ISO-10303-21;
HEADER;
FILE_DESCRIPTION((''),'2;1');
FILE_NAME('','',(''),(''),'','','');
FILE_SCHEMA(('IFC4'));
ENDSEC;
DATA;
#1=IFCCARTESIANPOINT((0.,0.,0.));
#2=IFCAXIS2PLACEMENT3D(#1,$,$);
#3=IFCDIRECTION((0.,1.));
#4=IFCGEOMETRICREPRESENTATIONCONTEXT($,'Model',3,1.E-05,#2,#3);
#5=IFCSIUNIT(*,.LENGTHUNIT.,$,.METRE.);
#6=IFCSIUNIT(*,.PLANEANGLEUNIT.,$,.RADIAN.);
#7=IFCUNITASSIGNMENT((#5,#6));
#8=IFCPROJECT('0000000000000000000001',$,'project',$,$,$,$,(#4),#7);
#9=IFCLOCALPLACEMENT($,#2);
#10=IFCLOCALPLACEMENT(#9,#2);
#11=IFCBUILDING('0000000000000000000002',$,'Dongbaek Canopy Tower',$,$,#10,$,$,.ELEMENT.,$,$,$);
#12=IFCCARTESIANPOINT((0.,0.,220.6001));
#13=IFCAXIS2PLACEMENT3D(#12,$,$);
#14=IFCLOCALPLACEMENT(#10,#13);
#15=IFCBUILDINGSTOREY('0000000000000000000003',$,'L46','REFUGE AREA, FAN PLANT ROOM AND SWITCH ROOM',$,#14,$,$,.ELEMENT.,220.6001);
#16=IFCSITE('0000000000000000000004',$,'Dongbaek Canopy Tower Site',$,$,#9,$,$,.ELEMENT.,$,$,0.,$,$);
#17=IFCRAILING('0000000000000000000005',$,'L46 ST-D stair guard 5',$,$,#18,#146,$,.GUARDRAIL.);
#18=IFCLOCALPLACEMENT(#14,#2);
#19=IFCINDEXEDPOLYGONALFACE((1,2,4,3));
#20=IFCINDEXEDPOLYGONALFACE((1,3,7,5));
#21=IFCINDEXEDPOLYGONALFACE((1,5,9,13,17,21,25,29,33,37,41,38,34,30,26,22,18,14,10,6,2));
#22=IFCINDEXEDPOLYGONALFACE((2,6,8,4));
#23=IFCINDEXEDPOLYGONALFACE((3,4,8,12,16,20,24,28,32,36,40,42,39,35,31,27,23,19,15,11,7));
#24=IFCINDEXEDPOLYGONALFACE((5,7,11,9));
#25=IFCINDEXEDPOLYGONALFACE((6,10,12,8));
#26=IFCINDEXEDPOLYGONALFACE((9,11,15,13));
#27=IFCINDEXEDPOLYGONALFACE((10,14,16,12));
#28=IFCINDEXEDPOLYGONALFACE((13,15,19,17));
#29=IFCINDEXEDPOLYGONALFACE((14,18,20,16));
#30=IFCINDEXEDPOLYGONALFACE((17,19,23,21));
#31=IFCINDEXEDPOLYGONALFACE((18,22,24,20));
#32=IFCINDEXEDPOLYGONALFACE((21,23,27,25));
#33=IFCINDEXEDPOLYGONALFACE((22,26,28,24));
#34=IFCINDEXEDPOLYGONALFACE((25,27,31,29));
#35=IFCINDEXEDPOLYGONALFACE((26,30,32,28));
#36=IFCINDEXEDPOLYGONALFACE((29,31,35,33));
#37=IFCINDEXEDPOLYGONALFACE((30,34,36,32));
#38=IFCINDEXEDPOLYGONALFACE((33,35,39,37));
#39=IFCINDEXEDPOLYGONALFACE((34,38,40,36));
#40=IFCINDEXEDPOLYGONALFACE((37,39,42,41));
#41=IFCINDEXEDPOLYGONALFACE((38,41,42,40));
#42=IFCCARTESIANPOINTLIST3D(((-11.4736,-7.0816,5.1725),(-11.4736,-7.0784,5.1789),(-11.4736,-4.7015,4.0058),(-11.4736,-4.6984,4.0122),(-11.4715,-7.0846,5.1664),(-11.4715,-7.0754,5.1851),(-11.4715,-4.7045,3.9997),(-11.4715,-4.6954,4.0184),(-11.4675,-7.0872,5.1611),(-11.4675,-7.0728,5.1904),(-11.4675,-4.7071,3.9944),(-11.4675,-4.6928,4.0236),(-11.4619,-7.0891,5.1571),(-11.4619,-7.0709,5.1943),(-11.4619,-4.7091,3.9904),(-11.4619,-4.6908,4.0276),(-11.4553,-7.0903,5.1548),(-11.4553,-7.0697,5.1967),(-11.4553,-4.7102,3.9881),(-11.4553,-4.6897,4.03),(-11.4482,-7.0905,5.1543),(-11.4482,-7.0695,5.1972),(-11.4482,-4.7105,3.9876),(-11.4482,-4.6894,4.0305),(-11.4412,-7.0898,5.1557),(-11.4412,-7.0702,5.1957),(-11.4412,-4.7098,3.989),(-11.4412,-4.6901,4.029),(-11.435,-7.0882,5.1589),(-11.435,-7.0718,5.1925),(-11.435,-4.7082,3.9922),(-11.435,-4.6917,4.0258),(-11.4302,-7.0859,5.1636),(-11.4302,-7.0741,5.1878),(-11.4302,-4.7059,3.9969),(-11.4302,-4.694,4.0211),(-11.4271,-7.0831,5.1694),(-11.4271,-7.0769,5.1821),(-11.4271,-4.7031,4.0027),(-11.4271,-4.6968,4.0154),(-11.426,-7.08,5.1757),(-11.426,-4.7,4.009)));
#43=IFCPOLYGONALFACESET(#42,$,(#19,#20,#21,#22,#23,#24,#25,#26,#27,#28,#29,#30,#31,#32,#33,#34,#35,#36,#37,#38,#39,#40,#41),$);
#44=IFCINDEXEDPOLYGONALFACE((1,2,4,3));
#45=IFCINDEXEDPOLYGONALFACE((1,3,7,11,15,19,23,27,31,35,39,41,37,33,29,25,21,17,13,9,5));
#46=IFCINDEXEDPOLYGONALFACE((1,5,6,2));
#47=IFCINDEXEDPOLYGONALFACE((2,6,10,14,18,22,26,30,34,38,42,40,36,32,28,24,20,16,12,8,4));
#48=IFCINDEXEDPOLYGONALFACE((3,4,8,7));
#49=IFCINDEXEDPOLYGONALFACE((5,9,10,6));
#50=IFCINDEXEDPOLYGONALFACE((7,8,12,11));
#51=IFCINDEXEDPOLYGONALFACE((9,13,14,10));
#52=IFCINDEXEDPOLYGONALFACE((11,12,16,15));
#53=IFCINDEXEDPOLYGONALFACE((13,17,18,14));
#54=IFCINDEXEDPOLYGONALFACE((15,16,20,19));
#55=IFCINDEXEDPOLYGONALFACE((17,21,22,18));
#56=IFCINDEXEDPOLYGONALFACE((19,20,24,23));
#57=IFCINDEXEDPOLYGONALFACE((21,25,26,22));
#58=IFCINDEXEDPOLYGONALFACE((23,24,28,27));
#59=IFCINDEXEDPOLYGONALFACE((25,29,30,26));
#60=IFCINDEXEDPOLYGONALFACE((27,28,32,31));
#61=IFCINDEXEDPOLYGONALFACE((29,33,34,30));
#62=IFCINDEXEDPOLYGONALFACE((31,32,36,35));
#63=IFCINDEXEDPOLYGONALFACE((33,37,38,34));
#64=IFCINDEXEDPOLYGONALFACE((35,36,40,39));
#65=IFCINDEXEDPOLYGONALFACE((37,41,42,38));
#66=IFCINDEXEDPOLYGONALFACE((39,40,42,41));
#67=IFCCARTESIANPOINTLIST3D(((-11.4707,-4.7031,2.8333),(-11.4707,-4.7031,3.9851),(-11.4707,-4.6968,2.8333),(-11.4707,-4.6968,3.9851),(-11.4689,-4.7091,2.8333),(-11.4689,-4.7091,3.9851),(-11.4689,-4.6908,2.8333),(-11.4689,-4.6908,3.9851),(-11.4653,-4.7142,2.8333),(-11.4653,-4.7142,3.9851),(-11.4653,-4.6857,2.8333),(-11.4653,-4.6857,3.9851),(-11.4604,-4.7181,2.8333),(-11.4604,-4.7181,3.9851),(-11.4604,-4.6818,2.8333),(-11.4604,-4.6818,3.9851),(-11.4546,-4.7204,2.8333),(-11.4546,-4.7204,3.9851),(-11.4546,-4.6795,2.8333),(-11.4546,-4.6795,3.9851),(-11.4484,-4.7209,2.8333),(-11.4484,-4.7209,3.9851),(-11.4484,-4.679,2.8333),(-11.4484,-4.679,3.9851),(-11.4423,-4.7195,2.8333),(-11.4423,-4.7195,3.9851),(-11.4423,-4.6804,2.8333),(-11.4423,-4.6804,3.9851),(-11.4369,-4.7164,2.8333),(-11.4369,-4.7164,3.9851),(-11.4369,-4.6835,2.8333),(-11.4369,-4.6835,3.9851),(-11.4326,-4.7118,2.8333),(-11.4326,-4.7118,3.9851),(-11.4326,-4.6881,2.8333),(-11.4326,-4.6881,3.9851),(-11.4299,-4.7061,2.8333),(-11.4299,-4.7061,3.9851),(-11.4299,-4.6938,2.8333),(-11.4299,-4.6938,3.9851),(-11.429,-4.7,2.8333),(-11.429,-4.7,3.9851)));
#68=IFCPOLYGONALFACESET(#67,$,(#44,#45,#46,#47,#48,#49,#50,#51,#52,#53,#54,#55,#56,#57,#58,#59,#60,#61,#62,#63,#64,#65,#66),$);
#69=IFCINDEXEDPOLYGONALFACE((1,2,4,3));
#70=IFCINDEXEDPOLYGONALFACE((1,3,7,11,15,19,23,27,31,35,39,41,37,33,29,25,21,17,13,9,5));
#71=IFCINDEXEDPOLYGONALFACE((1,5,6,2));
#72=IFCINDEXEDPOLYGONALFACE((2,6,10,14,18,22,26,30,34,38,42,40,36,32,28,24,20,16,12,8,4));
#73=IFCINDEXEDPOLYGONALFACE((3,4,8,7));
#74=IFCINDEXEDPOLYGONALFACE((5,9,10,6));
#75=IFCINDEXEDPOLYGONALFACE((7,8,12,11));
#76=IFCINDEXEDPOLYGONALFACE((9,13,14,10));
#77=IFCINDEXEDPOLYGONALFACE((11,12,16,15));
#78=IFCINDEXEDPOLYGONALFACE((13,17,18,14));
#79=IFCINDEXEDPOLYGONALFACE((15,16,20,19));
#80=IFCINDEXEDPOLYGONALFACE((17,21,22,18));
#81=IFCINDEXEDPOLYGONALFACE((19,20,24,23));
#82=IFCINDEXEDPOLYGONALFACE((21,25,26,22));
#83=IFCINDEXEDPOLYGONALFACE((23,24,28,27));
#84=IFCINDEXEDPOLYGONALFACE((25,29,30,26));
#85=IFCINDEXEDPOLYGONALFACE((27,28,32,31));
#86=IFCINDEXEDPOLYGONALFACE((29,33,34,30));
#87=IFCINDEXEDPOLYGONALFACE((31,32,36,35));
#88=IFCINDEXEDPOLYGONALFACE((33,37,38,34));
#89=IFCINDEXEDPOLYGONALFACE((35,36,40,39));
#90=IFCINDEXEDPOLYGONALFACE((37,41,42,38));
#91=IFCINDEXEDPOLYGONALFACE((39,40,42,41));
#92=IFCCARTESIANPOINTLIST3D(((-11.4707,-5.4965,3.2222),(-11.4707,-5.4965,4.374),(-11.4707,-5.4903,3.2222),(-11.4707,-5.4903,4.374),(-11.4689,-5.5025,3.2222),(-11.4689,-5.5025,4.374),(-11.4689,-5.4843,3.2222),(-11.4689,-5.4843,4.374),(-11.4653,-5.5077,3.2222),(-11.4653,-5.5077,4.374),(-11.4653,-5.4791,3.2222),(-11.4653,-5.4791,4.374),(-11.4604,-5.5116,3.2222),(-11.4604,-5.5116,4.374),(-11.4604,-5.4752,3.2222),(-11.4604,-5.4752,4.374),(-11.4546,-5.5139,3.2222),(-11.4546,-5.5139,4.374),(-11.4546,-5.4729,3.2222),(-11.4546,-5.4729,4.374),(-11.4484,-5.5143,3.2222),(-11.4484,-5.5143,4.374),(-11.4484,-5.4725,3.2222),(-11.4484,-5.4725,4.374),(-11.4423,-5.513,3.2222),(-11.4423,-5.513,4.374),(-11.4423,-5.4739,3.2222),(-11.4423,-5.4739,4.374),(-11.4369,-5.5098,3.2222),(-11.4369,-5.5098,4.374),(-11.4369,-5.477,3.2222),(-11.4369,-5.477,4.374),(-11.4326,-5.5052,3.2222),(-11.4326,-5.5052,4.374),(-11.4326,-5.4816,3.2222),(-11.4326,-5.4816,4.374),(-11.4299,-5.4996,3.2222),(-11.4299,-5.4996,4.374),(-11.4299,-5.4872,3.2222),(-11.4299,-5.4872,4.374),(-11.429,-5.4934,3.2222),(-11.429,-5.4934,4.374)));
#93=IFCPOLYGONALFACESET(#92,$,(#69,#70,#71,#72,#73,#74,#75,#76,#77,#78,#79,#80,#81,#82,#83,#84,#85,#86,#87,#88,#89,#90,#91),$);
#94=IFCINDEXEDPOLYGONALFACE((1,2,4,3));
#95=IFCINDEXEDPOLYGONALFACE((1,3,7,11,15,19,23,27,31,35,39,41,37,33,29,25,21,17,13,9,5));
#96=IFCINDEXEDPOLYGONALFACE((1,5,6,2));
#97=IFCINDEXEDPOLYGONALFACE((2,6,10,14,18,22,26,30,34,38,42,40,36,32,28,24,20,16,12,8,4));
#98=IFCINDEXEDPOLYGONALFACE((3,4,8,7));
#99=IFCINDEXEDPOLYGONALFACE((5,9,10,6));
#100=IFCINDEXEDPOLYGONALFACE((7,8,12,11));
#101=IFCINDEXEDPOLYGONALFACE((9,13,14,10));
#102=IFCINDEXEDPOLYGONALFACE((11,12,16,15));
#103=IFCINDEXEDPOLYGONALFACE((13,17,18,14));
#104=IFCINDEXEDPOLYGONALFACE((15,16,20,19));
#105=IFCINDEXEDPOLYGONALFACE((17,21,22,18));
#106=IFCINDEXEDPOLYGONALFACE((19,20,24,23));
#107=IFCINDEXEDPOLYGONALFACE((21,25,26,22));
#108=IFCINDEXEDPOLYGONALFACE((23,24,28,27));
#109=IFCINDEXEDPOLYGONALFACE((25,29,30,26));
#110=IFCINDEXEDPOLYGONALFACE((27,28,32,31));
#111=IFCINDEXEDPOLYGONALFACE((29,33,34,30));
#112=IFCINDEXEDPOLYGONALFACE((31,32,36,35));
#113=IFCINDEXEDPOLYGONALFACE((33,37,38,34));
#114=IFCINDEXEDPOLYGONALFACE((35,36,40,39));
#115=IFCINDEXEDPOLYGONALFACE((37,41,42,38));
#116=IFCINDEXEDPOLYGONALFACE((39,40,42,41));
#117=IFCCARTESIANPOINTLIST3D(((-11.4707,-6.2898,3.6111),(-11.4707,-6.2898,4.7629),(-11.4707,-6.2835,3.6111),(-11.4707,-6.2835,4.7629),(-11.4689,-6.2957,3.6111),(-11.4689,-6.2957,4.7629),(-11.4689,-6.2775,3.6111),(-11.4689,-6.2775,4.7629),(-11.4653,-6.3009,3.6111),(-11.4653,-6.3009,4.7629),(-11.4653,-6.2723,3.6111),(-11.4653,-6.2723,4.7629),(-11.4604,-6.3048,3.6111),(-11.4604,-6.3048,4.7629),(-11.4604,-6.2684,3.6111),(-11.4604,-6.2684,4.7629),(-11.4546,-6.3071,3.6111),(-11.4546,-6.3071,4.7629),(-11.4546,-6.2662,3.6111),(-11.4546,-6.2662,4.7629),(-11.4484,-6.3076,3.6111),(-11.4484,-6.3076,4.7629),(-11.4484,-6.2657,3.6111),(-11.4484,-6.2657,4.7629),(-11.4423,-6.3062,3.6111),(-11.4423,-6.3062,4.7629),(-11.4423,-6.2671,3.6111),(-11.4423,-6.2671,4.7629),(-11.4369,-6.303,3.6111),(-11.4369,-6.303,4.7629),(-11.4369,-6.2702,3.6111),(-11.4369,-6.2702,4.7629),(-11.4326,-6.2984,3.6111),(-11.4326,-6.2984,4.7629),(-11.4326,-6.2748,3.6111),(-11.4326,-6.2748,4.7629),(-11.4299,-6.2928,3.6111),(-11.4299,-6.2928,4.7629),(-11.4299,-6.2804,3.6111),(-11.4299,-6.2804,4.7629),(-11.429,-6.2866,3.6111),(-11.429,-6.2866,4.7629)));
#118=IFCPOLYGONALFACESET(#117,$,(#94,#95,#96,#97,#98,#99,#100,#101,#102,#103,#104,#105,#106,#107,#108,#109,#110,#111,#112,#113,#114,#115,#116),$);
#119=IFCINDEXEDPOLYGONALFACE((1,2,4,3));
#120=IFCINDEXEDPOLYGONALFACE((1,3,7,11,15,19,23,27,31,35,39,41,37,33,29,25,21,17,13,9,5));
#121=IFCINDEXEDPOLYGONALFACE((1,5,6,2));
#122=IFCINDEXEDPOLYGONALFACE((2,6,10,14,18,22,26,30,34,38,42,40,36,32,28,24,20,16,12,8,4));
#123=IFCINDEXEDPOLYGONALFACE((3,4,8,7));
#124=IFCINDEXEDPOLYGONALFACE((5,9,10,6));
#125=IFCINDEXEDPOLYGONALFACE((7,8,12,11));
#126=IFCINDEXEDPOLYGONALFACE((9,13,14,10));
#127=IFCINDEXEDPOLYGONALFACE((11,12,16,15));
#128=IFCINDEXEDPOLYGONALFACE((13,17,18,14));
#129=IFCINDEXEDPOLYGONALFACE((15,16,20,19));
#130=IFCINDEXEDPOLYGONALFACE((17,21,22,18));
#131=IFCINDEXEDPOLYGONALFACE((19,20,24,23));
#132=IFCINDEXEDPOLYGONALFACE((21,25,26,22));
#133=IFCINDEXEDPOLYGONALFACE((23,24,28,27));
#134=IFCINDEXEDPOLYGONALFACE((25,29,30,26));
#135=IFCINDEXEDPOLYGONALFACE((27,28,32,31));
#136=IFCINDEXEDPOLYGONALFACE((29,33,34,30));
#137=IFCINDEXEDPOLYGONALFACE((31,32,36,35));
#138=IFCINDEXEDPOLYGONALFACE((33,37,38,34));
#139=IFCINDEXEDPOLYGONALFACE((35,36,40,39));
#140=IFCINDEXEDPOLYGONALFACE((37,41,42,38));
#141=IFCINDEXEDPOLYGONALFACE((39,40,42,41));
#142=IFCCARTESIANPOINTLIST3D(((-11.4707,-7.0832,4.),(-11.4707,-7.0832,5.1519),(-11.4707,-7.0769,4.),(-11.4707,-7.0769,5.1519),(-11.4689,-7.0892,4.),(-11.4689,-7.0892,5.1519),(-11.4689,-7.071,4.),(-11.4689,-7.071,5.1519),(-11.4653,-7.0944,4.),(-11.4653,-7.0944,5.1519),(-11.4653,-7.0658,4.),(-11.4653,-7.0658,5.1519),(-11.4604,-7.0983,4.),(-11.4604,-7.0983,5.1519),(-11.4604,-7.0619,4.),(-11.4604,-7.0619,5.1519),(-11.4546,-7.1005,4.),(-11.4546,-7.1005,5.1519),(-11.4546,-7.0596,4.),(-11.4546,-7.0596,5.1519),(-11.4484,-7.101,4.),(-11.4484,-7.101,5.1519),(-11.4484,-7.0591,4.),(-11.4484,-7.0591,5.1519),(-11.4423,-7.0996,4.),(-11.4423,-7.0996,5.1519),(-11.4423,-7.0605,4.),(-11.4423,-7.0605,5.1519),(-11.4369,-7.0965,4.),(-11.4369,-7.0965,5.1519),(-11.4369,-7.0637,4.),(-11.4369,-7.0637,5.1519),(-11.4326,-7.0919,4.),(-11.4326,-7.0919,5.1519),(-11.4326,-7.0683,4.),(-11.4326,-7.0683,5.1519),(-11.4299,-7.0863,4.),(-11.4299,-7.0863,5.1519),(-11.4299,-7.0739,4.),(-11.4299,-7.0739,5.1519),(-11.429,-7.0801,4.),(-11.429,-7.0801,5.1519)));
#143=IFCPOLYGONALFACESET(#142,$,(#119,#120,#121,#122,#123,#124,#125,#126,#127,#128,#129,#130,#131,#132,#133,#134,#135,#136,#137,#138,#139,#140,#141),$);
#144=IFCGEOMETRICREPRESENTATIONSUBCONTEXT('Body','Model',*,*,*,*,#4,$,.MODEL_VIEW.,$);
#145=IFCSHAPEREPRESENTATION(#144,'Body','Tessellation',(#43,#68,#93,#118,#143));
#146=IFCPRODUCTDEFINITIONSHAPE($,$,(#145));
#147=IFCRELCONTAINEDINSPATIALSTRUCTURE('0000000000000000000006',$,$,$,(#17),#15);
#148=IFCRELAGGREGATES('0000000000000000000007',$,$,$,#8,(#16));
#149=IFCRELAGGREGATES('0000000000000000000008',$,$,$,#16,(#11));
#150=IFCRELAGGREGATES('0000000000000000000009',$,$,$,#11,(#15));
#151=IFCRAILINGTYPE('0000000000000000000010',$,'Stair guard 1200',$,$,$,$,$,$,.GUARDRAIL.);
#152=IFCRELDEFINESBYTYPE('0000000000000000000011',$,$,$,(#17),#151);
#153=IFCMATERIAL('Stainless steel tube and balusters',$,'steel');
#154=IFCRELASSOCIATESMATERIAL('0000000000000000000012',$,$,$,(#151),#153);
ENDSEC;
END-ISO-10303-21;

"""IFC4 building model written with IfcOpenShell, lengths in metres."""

from ifc_helpers import new_model, si_unit, direction, frame, origin, origin_2d, place, context, subcontext, project, spatial, circle, extrude, material, type_object, element, save


model = new_model("IFC4")

# Units and contexts
model_context = context("Model", 3, precision=1e-05, world=origin(), true_north=direction((0.0, 1.0)))
body_context = subcontext(model_context, "Body", "Model", "MODEL_VIEW")
ifc_project = project(units=[si_unit("LENGTHUNIT", "METRE"), si_unit("PLANEANGLEUNIT", "RADIAN")], contexts=[model_context])

# Site, building, storey
site_placement = place(None, origin())
site = spatial("IfcSite", under=ifc_project, at=site_placement, Name="Dongbaek Canopy Tower Site", CompositionType="ELEMENT", RefElevation=0.0)
building_placement = place(site_placement, origin())
building = spatial("IfcBuilding", under=site, at=building_placement, Name="Dongbaek Canopy Tower", CompositionType="ELEMENT")
storey_placement = place(building_placement, frame((0.0, 0.0, 220.6001)))
storey = spatial("IfcBuildingStorey", under=building, at=storey_placement, Name="L46", Description="REFUGE AREA, FAN PLANT ROOM AND SWITCH ROOM", CompositionType="ELEMENT", Elevation=220.6001)

# Railing
ifc_material_1 = material(Name="Stainless steel tube and balusters", Category="steel")
railing_type_1 = type_object("IfcRailingType", Name="Stair guard 1200", PredefinedType="GUARDRAIL", material=ifc_material_1)
railing_1_placement = place(storey_placement, frame((-11.45, -4.7, 2.8333)))
element("IfcRailing", 1, at=railing_1_placement, inside=storey, type_object=railing_type_1, Name="L46 ST-D stair guard 5", PredefinedType="GUARDRAIL", context=body_context, shape_type="SweptSolid", body=[
    extrude(circle(Radius=0.0239, at=origin_2d()), frame((0.0, 0.0, 1.1758), z_axis=(0.0, -0.897918, 0.440163), x_axis=(1.0, 0.0, 0.0)), (0.0, 0.0, 1.0), 2.6506),
    extrude(circle(Radius=0.021, at=origin_2d()), origin(), (0.0, 0.0, 1.0), 1.1519),
    extrude(circle(Radius=0.021, at=origin_2d()), frame((0.0, -0.7935, 0.3889)), (0.0, 0.0, 1.0), 1.1519),
    extrude(circle(Radius=0.021, at=origin_2d()), frame((0.0, -1.5867, 0.7778)), (0.0, 0.0, 1.0), 1.1519),
    extrude(circle(Radius=0.021, at=origin_2d()), frame((0.0, -2.3801, 1.1667)), (0.0, 0.0, 1.0), 1.1519),
])

save(model, "model.ifc")
